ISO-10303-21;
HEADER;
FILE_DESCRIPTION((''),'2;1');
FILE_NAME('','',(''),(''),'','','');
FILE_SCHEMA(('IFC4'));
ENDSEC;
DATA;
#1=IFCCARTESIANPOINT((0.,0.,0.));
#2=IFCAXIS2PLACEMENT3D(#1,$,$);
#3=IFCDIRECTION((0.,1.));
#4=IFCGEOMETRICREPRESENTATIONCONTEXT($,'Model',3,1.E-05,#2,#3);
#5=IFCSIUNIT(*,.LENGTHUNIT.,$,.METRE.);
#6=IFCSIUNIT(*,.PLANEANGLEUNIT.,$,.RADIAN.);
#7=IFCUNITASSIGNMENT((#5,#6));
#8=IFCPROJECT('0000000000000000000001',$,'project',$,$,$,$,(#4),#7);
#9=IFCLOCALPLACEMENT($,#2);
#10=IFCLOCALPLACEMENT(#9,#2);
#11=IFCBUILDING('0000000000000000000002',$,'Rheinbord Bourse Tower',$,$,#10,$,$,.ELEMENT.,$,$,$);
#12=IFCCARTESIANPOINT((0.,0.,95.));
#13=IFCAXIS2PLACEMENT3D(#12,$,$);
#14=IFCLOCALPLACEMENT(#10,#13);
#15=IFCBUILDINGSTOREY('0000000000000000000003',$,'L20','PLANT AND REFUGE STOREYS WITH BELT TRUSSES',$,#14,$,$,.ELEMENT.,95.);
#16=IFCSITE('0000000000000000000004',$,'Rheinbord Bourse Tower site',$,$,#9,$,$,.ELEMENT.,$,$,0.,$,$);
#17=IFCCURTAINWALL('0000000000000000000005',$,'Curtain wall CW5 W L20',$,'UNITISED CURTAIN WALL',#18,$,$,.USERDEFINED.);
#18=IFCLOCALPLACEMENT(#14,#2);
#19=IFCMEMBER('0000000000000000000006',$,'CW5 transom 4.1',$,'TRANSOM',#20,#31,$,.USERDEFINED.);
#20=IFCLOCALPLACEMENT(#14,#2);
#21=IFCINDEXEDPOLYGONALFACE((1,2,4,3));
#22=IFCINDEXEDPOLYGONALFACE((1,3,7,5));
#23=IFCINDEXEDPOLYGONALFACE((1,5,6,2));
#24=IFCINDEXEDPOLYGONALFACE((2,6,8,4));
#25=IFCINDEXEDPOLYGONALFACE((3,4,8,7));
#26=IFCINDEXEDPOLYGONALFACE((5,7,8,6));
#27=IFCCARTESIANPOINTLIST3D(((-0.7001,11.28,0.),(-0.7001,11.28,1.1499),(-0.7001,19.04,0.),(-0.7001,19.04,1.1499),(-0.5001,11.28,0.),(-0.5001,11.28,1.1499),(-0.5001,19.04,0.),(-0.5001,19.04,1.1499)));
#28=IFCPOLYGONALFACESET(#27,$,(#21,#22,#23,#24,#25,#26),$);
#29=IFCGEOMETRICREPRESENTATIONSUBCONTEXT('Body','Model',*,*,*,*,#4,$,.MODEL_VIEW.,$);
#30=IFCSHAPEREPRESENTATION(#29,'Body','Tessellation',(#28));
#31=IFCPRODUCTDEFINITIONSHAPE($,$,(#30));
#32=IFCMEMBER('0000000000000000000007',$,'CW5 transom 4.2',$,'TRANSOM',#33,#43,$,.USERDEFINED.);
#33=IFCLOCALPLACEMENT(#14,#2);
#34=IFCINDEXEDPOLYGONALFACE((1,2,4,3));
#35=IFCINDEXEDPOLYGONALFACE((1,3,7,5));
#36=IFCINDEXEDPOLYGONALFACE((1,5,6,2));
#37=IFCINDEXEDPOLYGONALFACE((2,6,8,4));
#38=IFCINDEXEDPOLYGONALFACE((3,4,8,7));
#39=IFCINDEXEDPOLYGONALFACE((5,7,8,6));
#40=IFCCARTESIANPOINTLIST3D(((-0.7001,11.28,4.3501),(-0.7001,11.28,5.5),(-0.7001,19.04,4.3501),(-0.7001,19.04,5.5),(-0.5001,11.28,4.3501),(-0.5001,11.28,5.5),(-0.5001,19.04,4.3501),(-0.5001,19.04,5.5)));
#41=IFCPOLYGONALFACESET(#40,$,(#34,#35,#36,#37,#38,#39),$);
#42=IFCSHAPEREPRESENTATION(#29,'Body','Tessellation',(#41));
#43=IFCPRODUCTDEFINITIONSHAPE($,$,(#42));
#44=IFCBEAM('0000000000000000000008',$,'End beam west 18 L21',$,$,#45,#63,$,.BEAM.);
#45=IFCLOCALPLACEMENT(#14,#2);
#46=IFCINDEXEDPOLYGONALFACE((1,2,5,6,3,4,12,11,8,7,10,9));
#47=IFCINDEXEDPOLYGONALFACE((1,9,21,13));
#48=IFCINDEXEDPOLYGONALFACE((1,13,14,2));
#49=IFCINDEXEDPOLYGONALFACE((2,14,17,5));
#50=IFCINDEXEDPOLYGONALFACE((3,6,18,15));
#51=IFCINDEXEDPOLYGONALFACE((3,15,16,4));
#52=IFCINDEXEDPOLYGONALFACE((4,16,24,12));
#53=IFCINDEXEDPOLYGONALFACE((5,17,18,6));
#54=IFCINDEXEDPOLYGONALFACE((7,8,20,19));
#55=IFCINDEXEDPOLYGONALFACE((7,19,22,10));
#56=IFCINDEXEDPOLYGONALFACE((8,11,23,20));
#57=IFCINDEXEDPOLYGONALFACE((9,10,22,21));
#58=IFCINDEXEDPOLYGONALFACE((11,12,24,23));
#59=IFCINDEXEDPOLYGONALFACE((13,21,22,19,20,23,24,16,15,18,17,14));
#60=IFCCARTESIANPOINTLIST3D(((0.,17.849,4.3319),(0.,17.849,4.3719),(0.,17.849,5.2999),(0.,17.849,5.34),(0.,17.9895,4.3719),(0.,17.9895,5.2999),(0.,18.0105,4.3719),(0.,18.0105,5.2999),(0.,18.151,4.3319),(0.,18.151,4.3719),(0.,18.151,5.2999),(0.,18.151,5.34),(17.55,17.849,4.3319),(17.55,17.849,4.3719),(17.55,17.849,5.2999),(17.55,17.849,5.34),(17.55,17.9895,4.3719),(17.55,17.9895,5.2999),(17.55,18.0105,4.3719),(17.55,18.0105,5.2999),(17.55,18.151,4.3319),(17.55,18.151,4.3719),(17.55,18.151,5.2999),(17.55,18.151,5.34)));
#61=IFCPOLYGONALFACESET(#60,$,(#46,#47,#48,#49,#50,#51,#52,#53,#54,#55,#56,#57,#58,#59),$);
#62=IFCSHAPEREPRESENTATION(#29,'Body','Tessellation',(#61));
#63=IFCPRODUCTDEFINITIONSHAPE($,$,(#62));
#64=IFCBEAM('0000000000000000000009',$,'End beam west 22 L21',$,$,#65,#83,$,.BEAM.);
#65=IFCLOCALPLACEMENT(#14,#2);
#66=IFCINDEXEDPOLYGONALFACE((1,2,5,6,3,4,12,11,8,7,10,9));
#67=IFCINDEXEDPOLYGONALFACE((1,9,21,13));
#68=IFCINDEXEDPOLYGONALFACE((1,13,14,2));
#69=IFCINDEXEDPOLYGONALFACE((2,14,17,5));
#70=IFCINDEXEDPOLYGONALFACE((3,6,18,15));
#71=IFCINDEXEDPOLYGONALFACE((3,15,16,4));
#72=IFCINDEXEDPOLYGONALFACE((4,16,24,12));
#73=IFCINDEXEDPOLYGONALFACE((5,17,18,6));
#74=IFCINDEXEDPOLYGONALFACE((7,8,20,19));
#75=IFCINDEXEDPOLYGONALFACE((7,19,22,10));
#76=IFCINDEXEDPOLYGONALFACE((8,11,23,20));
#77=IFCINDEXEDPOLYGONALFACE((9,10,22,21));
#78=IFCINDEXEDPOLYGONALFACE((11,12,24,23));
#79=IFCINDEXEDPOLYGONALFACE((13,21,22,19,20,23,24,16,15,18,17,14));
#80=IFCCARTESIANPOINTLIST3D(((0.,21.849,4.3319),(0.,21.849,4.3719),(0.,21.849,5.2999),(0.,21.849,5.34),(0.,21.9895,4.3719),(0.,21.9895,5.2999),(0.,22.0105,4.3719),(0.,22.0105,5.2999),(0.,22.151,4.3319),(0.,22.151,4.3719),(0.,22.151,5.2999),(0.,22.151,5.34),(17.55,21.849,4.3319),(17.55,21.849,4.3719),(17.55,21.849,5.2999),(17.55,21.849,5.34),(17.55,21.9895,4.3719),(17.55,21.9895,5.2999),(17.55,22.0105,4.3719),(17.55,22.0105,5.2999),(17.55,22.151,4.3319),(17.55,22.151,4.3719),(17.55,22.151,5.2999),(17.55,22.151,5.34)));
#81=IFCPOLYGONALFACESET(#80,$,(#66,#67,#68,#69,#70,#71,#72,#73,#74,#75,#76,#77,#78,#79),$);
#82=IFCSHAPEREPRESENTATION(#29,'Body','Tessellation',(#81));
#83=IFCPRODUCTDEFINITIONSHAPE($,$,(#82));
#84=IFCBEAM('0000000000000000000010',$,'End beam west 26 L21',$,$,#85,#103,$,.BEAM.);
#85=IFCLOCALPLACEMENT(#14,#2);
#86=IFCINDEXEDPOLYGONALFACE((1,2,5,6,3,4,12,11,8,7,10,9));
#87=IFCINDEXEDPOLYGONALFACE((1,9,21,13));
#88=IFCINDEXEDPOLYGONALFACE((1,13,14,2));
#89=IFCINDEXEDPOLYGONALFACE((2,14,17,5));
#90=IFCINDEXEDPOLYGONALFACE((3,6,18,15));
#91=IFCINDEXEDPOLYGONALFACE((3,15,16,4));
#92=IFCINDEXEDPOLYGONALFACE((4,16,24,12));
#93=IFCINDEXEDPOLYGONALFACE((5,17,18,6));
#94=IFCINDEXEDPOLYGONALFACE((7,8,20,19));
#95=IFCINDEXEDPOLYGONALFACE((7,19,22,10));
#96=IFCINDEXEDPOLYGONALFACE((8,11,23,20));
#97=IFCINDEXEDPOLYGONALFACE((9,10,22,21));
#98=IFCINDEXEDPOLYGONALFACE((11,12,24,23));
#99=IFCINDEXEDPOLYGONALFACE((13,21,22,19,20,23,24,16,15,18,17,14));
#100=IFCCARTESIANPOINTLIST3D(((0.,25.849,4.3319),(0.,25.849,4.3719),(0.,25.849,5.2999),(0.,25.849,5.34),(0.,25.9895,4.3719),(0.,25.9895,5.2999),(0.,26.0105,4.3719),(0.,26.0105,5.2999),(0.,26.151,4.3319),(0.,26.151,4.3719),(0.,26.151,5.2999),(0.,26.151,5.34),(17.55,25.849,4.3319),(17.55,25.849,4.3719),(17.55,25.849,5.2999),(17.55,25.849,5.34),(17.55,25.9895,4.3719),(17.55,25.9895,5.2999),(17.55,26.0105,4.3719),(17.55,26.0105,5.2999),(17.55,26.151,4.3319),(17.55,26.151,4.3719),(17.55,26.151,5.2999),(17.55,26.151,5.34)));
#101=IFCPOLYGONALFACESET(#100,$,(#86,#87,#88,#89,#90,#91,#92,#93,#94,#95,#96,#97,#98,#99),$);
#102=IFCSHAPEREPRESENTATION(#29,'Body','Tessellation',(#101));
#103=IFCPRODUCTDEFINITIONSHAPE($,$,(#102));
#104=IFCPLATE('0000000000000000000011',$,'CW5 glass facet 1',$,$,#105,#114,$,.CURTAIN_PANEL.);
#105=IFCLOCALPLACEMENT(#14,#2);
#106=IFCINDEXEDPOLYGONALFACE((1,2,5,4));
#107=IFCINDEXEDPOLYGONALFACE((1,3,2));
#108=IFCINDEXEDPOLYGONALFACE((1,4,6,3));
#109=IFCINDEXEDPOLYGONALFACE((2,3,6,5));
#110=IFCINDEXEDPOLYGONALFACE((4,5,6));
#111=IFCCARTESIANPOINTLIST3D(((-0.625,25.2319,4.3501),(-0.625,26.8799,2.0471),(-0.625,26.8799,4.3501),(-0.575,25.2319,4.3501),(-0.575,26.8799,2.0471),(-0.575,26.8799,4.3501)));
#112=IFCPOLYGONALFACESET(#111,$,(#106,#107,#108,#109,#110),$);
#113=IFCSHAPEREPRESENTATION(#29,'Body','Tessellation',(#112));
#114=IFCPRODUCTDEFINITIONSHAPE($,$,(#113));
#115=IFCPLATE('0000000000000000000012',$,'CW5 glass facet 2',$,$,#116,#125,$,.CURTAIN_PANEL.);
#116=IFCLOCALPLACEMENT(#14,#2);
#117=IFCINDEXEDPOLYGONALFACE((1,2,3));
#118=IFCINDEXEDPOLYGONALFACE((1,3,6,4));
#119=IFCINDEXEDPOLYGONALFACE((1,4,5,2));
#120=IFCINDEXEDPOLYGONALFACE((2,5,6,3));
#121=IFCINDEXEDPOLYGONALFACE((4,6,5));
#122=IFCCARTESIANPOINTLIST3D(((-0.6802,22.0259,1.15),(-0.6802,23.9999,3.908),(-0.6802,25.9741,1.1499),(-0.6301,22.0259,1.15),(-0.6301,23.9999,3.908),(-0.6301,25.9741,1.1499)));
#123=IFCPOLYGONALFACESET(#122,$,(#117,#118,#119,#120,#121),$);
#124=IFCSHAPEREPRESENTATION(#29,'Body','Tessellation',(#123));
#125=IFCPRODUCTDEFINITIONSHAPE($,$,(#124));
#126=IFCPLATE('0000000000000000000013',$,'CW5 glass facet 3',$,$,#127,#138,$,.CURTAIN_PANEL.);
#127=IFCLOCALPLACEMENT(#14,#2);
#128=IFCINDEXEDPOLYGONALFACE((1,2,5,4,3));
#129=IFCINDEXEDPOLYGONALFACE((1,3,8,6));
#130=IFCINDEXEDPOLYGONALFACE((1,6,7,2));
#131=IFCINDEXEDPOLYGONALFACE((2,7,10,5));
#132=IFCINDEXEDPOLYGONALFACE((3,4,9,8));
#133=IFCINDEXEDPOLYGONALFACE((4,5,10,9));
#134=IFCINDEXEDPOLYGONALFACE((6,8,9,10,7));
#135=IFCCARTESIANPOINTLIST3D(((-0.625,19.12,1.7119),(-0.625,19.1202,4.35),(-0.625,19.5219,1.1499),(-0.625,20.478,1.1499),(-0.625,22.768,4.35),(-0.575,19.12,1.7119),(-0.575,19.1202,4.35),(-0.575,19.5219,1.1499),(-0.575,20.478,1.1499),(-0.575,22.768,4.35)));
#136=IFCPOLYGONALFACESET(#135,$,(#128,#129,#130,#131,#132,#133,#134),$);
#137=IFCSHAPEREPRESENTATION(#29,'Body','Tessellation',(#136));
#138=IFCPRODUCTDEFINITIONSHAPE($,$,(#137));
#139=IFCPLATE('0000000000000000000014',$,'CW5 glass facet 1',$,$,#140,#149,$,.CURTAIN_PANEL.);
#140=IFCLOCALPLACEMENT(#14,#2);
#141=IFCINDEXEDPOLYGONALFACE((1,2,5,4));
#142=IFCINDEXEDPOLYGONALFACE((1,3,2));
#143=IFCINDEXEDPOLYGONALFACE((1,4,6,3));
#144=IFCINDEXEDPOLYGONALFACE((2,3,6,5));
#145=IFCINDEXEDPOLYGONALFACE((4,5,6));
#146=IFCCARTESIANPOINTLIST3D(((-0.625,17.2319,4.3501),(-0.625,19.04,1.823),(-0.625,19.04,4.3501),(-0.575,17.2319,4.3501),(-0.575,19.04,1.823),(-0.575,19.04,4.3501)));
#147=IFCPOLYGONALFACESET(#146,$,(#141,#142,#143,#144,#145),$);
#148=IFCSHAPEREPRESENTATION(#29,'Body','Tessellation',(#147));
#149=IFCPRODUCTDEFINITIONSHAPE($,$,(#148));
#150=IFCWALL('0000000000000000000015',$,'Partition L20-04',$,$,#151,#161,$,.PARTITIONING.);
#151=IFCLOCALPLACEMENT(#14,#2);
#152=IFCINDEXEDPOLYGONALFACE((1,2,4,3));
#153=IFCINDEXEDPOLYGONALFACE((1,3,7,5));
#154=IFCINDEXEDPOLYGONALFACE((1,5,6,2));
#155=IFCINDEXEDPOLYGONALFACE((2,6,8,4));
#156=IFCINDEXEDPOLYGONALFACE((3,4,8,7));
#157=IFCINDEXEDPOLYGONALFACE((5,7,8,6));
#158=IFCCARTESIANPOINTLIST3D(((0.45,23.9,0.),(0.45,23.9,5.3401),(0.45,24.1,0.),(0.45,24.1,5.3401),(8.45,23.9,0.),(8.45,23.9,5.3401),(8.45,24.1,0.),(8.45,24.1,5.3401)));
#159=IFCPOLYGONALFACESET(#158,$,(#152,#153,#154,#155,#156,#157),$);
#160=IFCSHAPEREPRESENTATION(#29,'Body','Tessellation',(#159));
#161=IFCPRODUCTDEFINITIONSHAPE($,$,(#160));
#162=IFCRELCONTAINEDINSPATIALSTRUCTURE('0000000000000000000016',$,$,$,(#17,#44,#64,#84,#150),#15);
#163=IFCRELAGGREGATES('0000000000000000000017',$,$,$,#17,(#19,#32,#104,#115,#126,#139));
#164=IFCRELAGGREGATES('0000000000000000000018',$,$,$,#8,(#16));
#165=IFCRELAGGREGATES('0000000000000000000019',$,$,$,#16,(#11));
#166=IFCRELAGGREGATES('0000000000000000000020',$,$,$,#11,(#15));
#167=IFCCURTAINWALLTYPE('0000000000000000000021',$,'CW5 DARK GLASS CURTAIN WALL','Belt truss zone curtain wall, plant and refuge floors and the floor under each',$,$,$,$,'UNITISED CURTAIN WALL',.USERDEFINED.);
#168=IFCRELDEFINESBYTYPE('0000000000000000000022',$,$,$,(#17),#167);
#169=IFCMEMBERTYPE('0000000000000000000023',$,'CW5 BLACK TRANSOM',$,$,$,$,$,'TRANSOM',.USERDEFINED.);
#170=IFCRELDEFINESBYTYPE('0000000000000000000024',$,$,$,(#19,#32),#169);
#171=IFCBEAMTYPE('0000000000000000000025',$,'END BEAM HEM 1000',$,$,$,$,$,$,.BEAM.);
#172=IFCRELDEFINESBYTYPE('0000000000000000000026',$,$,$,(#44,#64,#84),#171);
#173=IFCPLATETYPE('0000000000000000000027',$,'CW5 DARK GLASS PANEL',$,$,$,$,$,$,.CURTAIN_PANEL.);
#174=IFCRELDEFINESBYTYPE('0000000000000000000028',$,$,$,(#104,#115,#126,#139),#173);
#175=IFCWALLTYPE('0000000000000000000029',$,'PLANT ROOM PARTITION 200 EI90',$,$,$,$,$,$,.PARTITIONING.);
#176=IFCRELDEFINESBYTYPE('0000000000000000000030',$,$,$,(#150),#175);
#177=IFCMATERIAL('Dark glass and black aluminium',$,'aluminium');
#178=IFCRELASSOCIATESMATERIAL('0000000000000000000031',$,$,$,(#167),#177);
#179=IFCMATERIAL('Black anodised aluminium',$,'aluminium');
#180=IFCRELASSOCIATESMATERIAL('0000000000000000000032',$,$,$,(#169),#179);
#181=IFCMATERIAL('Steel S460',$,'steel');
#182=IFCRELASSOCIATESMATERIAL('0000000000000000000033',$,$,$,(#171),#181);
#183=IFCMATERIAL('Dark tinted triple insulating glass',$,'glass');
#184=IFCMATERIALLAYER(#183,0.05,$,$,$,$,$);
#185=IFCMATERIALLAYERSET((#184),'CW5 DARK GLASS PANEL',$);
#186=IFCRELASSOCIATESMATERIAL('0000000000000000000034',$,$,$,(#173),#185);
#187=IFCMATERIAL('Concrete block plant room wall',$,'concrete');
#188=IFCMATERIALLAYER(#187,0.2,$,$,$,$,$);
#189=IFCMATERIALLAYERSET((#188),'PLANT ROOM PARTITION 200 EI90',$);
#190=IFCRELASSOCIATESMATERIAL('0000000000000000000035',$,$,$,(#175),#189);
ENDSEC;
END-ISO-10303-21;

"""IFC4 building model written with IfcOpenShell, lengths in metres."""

from ifc_helpers import new_model, si_unit, direction, frame, frame_2d, origin, origin_2d, place, context, subcontext, project, spatial, polyline, rectangle, i_section, outline, extrude, material, layer, layer_set, material_profile, profile_set, type_object, element, aggregate, save


model = new_model("IFC4")

# Units and contexts
model_context = context("Model", 3, precision=1e-05, world=origin(), true_north=direction((0.0, 1.0)))
body_context = subcontext(model_context, "Body", "Model", "MODEL_VIEW")
ifc_project = project(units=[si_unit("LENGTHUNIT", "METRE"), si_unit("PLANEANGLEUNIT", "RADIAN")], contexts=[model_context])

# Site, building, storey
site_placement = place(None, origin())
site = spatial("IfcSite", under=ifc_project, at=site_placement, Name="Rheinbord Bourse Tower site", CompositionType="ELEMENT", RefElevation=0.0)
building_placement = place(site_placement, origin())
building = spatial("IfcBuilding", under=site, at=building_placement, Name="Rheinbord Bourse Tower", CompositionType="ELEMENT")
storey_placement = place(building_placement, frame((0.0, 0.0, 95.0)))
storey = spatial("IfcBuildingStorey", under=building, at=storey_placement, Name="L20", Description="PLANT AND REFUGE STOREYS WITH BELT TRUSSES", CompositionType="ELEMENT", Elevation=95.0)

# Curtain wall, members
ifc_material_1 = material(Name="Dark glass and black aluminium", Category="aluminium")
curtain_wall_type = type_object("IfcCurtainWallType", Name="CW5 DARK GLASS CURTAIN WALL", Description="Belt truss zone curtain wall, plant and refuge floors and the floor under each", ElementType="UNITISED CURTAIN WALL", PredefinedType="USERDEFINED", material=ifc_material_1)
curtain_wall_placement = place(storey_placement, origin())
curtain_wall = element("IfcCurtainWall", 1, at=curtain_wall_placement, inside=storey, type_object=curtain_wall_type, Name="Curtain wall CW5 W L20", ObjectType="UNITISED CURTAIN WALL", PredefinedType="USERDEFINED")
ifc_material_2 = material(Name="Black anodised aluminium", Category="aluminium")
ifc_material_profile_1 = material_profile(ifc_material_2, rectangle(XDim=0.2, YDim=1.1499, at=origin_2d()), Name="CW5 TRANSOM 1150x200")
ifc_profile_set_1 = profile_set([ifc_material_profile_1], Name="Black anodised aluminium")
member_type_1 = type_object("IfcMemberType", Name="CW5 BLACK TRANSOM", ElementType="TRANSOM", PredefinedType="USERDEFINED", material=ifc_profile_set_1)
member_1_placement = place(storey_placement, frame((-0.6001, 19.04, 0.575), z_axis=(0.0, -1.0, 0.0), x_axis=(1.0, 0.0, 0.0)))
member_1 = element("IfcMember", 2, at=member_1_placement, type_object=member_type_1, Name="CW5 transom 4.1", ObjectType="TRANSOM", PredefinedType="USERDEFINED", context=body_context, shape_type="SweptSolid", body=[
    extrude(rectangle(XDim=0.2, YDim=1.1499, at=origin_2d()), origin(), (0.0, 0.0, 1.0), 7.76),
])
member_2_placement = place(storey_placement, frame((-0.6001, 19.04, 4.925), z_axis=(0.0, -1.0, 0.0), x_axis=(1.0, 0.0, 0.0)))
member_2 = element("IfcMember", 3, at=member_2_placement, type_object=member_type_1, Name="CW5 transom 4.2", ObjectType="TRANSOM", PredefinedType="USERDEFINED", context=body_context, shape_type="SweptSolid", body=[
    extrude(rectangle(XDim=0.2, YDim=1.1499, at=origin_2d()), origin(), (0.0, 0.0, 1.0), 7.76),
])

# Beams
ifc_material_3 = material(Name="Steel S460", Category="steel")
ifc_material_profile_2 = material_profile(ifc_material_3, i_section(OverallWidth=0.302, OverallDepth=1.0081, WebThickness=0.021, FlangeThickness=0.04, at=origin_2d()), Name="HEM 1000")
ifc_profile_set_2 = profile_set([ifc_material_profile_2], Name="Steel S460")
beam_type_1 = type_object("IfcBeamType", Name="END BEAM HEM 1000", PredefinedType="BEAM", material=ifc_profile_set_2)
for number, where, z_axis, x_axis, name in (
    (4, (0.0, 18.0, 4.8359), (1.0, 0.0, 0.0), (0.0, 1.0, 0.0), "End beam west 18 L21"),
    (5, (0.0, 22.0, 4.8359), (1.0, 0.0, 0.0), (0.0, 1.0, 0.0), "End beam west 22 L21"),
    (6, (0.0, 26.0, 4.8359), (1.0, 0.0, 0.0), (0.0, 1.0, 0.0), "End beam west 26 L21"),
):
    element("IfcBeam", number, at=place(storey_placement, frame(where, z_axis=z_axis, x_axis=x_axis)), inside=storey, type_object=beam_type_1, Name=name, PredefinedType="BEAM", context=body_context, shape_type="SweptSolid", body=[
        extrude(i_section(OverallWidth=0.302, OverallDepth=1.0081, WebThickness=0.021, FlangeThickness=0.04, at=origin_2d()), origin(), (0.0, 0.0, 1.0), 17.55),
    ])

# Plates
ifc_material_4 = material(Name="Dark tinted triple insulating glass", Category="glass")
ifc_layer_1 = layer(ifc_material_4, 0.05)
ifc_layer_set_1 = layer_set([ifc_layer_1], Name="CW5 DARK GLASS PANEL")
plate_type = type_object("IfcPlateType", Name="CW5 DARK GLASS PANEL", PredefinedType="CURTAIN_PANEL", material=ifc_layer_set_1)
plate_1_placement = place(storey_placement, frame((-0.625, 26.8799, 4.3501), z_axis=(1.0, 0.0, 0.0), x_axis=(0.0, -1.0, 0.0)))
plate_1 = element("IfcPlate", 7, at=plate_1_placement, type_object=plate_type, Name="CW5 glass facet 1", PredefinedType="CURTAIN_PANEL", context=body_context, shape_type="SweptSolid", body=[
    extrude(outline(polyline([(0.0, 0.0), (1.6479, 0.0), (0.0, 2.303), (0.0, 0.0)])), origin(), (0.0, 0.0, 1.0), 0.05),
])
plate_2_placement = place(storey_placement, frame((-0.6802, 25.9741, 1.1499), z_axis=(1.0, 0.0, 0.0), x_axis=(0.0, -0.582035, 0.813164)))
plate_2 = element("IfcPlate", 8, at=plate_2_placement, type_object=plate_type, Name="CW5 glass facet 2", PredefinedType="CURTAIN_PANEL", context=body_context, shape_type="SweptSolid", body=[
    extrude(outline(polyline([(0.0, 0.0), (3.3918, 0.0), (2.2981, 3.2104), (0.0, 0.0)])), origin(), (0.0, 0.0, 1.0), 0.05),
])
plate_3_placement = place(storey_placement, frame((-0.625, 20.478, 1.1499), z_axis=(1.0, 0.0, 0.0), x_axis=(0.0, 0.581942, 0.81323)))
plate_3 = element("IfcPlate", 9, at=plate_3_placement, type_object=plate_type, Name="CW5 glass facet 3", PredefinedType="CURTAIN_PANEL", context=body_context, shape_type="SweptSolid", body=[
    extrude(outline(polyline([(0.0, 0.0), (3.9351, 0.0), (1.8123, 2.9666), (-0.3333, 1.4314), (-0.5564, 0.7776), (0.0, 0.0)])), origin(), (0.0, 0.0, 1.0), 0.05),
])
plate_4_placement = place(storey_placement, frame((-0.625, 19.04, 4.3501), z_axis=(1.0, 0.0, 0.0), x_axis=(0.0, -1.0, 0.0)))
plate_4 = element("IfcPlate", 10, at=plate_4_placement, type_object=plate_type, Name="CW5 glass facet 1", PredefinedType="CURTAIN_PANEL", context=body_context, shape_type="SweptSolid", body=[
    extrude(outline(polyline([(0.0, 0.0), (1.8081, 0.0), (0.0, 2.5271), (0.0, 0.0)])), origin(), (0.0, 0.0, 1.0), 0.05),
])
aggregate(curtain_wall, [member_1, member_2, plate_1, plate_2, plate_3, plate_4])

# Wall
ifc_material_5 = material(Name="Concrete block plant room wall", Category="concrete")
ifc_layer_2 = layer(ifc_material_5, 0.2)
ifc_layer_set_2 = layer_set([ifc_layer_2], Name="PLANT ROOM PARTITION 200 EI90")
wall_type = type_object("IfcWallType", Name="PLANT ROOM PARTITION 200 EI90", PredefinedType="PARTITIONING", material=ifc_layer_set_2)
wall_placement = place(storey_placement, frame((0.45, 24.0, 0.0), z_axis=(0.0, 0.0, 1.0), x_axis=(1.0, 0.0, 0.0)))
element("IfcWall", 11, at=wall_placement, inside=storey, type_object=wall_type, Name="Partition L20-04", PredefinedType="PARTITIONING", context=body_context, shape_type="SweptSolid", body=[
    extrude(rectangle(XDim=8.0, YDim=0.2, at=frame_2d((4.0, 0.0))), origin(), (0.0, 0.0, 1.0), 5.3401),
])

save(model, "model.ifc")
